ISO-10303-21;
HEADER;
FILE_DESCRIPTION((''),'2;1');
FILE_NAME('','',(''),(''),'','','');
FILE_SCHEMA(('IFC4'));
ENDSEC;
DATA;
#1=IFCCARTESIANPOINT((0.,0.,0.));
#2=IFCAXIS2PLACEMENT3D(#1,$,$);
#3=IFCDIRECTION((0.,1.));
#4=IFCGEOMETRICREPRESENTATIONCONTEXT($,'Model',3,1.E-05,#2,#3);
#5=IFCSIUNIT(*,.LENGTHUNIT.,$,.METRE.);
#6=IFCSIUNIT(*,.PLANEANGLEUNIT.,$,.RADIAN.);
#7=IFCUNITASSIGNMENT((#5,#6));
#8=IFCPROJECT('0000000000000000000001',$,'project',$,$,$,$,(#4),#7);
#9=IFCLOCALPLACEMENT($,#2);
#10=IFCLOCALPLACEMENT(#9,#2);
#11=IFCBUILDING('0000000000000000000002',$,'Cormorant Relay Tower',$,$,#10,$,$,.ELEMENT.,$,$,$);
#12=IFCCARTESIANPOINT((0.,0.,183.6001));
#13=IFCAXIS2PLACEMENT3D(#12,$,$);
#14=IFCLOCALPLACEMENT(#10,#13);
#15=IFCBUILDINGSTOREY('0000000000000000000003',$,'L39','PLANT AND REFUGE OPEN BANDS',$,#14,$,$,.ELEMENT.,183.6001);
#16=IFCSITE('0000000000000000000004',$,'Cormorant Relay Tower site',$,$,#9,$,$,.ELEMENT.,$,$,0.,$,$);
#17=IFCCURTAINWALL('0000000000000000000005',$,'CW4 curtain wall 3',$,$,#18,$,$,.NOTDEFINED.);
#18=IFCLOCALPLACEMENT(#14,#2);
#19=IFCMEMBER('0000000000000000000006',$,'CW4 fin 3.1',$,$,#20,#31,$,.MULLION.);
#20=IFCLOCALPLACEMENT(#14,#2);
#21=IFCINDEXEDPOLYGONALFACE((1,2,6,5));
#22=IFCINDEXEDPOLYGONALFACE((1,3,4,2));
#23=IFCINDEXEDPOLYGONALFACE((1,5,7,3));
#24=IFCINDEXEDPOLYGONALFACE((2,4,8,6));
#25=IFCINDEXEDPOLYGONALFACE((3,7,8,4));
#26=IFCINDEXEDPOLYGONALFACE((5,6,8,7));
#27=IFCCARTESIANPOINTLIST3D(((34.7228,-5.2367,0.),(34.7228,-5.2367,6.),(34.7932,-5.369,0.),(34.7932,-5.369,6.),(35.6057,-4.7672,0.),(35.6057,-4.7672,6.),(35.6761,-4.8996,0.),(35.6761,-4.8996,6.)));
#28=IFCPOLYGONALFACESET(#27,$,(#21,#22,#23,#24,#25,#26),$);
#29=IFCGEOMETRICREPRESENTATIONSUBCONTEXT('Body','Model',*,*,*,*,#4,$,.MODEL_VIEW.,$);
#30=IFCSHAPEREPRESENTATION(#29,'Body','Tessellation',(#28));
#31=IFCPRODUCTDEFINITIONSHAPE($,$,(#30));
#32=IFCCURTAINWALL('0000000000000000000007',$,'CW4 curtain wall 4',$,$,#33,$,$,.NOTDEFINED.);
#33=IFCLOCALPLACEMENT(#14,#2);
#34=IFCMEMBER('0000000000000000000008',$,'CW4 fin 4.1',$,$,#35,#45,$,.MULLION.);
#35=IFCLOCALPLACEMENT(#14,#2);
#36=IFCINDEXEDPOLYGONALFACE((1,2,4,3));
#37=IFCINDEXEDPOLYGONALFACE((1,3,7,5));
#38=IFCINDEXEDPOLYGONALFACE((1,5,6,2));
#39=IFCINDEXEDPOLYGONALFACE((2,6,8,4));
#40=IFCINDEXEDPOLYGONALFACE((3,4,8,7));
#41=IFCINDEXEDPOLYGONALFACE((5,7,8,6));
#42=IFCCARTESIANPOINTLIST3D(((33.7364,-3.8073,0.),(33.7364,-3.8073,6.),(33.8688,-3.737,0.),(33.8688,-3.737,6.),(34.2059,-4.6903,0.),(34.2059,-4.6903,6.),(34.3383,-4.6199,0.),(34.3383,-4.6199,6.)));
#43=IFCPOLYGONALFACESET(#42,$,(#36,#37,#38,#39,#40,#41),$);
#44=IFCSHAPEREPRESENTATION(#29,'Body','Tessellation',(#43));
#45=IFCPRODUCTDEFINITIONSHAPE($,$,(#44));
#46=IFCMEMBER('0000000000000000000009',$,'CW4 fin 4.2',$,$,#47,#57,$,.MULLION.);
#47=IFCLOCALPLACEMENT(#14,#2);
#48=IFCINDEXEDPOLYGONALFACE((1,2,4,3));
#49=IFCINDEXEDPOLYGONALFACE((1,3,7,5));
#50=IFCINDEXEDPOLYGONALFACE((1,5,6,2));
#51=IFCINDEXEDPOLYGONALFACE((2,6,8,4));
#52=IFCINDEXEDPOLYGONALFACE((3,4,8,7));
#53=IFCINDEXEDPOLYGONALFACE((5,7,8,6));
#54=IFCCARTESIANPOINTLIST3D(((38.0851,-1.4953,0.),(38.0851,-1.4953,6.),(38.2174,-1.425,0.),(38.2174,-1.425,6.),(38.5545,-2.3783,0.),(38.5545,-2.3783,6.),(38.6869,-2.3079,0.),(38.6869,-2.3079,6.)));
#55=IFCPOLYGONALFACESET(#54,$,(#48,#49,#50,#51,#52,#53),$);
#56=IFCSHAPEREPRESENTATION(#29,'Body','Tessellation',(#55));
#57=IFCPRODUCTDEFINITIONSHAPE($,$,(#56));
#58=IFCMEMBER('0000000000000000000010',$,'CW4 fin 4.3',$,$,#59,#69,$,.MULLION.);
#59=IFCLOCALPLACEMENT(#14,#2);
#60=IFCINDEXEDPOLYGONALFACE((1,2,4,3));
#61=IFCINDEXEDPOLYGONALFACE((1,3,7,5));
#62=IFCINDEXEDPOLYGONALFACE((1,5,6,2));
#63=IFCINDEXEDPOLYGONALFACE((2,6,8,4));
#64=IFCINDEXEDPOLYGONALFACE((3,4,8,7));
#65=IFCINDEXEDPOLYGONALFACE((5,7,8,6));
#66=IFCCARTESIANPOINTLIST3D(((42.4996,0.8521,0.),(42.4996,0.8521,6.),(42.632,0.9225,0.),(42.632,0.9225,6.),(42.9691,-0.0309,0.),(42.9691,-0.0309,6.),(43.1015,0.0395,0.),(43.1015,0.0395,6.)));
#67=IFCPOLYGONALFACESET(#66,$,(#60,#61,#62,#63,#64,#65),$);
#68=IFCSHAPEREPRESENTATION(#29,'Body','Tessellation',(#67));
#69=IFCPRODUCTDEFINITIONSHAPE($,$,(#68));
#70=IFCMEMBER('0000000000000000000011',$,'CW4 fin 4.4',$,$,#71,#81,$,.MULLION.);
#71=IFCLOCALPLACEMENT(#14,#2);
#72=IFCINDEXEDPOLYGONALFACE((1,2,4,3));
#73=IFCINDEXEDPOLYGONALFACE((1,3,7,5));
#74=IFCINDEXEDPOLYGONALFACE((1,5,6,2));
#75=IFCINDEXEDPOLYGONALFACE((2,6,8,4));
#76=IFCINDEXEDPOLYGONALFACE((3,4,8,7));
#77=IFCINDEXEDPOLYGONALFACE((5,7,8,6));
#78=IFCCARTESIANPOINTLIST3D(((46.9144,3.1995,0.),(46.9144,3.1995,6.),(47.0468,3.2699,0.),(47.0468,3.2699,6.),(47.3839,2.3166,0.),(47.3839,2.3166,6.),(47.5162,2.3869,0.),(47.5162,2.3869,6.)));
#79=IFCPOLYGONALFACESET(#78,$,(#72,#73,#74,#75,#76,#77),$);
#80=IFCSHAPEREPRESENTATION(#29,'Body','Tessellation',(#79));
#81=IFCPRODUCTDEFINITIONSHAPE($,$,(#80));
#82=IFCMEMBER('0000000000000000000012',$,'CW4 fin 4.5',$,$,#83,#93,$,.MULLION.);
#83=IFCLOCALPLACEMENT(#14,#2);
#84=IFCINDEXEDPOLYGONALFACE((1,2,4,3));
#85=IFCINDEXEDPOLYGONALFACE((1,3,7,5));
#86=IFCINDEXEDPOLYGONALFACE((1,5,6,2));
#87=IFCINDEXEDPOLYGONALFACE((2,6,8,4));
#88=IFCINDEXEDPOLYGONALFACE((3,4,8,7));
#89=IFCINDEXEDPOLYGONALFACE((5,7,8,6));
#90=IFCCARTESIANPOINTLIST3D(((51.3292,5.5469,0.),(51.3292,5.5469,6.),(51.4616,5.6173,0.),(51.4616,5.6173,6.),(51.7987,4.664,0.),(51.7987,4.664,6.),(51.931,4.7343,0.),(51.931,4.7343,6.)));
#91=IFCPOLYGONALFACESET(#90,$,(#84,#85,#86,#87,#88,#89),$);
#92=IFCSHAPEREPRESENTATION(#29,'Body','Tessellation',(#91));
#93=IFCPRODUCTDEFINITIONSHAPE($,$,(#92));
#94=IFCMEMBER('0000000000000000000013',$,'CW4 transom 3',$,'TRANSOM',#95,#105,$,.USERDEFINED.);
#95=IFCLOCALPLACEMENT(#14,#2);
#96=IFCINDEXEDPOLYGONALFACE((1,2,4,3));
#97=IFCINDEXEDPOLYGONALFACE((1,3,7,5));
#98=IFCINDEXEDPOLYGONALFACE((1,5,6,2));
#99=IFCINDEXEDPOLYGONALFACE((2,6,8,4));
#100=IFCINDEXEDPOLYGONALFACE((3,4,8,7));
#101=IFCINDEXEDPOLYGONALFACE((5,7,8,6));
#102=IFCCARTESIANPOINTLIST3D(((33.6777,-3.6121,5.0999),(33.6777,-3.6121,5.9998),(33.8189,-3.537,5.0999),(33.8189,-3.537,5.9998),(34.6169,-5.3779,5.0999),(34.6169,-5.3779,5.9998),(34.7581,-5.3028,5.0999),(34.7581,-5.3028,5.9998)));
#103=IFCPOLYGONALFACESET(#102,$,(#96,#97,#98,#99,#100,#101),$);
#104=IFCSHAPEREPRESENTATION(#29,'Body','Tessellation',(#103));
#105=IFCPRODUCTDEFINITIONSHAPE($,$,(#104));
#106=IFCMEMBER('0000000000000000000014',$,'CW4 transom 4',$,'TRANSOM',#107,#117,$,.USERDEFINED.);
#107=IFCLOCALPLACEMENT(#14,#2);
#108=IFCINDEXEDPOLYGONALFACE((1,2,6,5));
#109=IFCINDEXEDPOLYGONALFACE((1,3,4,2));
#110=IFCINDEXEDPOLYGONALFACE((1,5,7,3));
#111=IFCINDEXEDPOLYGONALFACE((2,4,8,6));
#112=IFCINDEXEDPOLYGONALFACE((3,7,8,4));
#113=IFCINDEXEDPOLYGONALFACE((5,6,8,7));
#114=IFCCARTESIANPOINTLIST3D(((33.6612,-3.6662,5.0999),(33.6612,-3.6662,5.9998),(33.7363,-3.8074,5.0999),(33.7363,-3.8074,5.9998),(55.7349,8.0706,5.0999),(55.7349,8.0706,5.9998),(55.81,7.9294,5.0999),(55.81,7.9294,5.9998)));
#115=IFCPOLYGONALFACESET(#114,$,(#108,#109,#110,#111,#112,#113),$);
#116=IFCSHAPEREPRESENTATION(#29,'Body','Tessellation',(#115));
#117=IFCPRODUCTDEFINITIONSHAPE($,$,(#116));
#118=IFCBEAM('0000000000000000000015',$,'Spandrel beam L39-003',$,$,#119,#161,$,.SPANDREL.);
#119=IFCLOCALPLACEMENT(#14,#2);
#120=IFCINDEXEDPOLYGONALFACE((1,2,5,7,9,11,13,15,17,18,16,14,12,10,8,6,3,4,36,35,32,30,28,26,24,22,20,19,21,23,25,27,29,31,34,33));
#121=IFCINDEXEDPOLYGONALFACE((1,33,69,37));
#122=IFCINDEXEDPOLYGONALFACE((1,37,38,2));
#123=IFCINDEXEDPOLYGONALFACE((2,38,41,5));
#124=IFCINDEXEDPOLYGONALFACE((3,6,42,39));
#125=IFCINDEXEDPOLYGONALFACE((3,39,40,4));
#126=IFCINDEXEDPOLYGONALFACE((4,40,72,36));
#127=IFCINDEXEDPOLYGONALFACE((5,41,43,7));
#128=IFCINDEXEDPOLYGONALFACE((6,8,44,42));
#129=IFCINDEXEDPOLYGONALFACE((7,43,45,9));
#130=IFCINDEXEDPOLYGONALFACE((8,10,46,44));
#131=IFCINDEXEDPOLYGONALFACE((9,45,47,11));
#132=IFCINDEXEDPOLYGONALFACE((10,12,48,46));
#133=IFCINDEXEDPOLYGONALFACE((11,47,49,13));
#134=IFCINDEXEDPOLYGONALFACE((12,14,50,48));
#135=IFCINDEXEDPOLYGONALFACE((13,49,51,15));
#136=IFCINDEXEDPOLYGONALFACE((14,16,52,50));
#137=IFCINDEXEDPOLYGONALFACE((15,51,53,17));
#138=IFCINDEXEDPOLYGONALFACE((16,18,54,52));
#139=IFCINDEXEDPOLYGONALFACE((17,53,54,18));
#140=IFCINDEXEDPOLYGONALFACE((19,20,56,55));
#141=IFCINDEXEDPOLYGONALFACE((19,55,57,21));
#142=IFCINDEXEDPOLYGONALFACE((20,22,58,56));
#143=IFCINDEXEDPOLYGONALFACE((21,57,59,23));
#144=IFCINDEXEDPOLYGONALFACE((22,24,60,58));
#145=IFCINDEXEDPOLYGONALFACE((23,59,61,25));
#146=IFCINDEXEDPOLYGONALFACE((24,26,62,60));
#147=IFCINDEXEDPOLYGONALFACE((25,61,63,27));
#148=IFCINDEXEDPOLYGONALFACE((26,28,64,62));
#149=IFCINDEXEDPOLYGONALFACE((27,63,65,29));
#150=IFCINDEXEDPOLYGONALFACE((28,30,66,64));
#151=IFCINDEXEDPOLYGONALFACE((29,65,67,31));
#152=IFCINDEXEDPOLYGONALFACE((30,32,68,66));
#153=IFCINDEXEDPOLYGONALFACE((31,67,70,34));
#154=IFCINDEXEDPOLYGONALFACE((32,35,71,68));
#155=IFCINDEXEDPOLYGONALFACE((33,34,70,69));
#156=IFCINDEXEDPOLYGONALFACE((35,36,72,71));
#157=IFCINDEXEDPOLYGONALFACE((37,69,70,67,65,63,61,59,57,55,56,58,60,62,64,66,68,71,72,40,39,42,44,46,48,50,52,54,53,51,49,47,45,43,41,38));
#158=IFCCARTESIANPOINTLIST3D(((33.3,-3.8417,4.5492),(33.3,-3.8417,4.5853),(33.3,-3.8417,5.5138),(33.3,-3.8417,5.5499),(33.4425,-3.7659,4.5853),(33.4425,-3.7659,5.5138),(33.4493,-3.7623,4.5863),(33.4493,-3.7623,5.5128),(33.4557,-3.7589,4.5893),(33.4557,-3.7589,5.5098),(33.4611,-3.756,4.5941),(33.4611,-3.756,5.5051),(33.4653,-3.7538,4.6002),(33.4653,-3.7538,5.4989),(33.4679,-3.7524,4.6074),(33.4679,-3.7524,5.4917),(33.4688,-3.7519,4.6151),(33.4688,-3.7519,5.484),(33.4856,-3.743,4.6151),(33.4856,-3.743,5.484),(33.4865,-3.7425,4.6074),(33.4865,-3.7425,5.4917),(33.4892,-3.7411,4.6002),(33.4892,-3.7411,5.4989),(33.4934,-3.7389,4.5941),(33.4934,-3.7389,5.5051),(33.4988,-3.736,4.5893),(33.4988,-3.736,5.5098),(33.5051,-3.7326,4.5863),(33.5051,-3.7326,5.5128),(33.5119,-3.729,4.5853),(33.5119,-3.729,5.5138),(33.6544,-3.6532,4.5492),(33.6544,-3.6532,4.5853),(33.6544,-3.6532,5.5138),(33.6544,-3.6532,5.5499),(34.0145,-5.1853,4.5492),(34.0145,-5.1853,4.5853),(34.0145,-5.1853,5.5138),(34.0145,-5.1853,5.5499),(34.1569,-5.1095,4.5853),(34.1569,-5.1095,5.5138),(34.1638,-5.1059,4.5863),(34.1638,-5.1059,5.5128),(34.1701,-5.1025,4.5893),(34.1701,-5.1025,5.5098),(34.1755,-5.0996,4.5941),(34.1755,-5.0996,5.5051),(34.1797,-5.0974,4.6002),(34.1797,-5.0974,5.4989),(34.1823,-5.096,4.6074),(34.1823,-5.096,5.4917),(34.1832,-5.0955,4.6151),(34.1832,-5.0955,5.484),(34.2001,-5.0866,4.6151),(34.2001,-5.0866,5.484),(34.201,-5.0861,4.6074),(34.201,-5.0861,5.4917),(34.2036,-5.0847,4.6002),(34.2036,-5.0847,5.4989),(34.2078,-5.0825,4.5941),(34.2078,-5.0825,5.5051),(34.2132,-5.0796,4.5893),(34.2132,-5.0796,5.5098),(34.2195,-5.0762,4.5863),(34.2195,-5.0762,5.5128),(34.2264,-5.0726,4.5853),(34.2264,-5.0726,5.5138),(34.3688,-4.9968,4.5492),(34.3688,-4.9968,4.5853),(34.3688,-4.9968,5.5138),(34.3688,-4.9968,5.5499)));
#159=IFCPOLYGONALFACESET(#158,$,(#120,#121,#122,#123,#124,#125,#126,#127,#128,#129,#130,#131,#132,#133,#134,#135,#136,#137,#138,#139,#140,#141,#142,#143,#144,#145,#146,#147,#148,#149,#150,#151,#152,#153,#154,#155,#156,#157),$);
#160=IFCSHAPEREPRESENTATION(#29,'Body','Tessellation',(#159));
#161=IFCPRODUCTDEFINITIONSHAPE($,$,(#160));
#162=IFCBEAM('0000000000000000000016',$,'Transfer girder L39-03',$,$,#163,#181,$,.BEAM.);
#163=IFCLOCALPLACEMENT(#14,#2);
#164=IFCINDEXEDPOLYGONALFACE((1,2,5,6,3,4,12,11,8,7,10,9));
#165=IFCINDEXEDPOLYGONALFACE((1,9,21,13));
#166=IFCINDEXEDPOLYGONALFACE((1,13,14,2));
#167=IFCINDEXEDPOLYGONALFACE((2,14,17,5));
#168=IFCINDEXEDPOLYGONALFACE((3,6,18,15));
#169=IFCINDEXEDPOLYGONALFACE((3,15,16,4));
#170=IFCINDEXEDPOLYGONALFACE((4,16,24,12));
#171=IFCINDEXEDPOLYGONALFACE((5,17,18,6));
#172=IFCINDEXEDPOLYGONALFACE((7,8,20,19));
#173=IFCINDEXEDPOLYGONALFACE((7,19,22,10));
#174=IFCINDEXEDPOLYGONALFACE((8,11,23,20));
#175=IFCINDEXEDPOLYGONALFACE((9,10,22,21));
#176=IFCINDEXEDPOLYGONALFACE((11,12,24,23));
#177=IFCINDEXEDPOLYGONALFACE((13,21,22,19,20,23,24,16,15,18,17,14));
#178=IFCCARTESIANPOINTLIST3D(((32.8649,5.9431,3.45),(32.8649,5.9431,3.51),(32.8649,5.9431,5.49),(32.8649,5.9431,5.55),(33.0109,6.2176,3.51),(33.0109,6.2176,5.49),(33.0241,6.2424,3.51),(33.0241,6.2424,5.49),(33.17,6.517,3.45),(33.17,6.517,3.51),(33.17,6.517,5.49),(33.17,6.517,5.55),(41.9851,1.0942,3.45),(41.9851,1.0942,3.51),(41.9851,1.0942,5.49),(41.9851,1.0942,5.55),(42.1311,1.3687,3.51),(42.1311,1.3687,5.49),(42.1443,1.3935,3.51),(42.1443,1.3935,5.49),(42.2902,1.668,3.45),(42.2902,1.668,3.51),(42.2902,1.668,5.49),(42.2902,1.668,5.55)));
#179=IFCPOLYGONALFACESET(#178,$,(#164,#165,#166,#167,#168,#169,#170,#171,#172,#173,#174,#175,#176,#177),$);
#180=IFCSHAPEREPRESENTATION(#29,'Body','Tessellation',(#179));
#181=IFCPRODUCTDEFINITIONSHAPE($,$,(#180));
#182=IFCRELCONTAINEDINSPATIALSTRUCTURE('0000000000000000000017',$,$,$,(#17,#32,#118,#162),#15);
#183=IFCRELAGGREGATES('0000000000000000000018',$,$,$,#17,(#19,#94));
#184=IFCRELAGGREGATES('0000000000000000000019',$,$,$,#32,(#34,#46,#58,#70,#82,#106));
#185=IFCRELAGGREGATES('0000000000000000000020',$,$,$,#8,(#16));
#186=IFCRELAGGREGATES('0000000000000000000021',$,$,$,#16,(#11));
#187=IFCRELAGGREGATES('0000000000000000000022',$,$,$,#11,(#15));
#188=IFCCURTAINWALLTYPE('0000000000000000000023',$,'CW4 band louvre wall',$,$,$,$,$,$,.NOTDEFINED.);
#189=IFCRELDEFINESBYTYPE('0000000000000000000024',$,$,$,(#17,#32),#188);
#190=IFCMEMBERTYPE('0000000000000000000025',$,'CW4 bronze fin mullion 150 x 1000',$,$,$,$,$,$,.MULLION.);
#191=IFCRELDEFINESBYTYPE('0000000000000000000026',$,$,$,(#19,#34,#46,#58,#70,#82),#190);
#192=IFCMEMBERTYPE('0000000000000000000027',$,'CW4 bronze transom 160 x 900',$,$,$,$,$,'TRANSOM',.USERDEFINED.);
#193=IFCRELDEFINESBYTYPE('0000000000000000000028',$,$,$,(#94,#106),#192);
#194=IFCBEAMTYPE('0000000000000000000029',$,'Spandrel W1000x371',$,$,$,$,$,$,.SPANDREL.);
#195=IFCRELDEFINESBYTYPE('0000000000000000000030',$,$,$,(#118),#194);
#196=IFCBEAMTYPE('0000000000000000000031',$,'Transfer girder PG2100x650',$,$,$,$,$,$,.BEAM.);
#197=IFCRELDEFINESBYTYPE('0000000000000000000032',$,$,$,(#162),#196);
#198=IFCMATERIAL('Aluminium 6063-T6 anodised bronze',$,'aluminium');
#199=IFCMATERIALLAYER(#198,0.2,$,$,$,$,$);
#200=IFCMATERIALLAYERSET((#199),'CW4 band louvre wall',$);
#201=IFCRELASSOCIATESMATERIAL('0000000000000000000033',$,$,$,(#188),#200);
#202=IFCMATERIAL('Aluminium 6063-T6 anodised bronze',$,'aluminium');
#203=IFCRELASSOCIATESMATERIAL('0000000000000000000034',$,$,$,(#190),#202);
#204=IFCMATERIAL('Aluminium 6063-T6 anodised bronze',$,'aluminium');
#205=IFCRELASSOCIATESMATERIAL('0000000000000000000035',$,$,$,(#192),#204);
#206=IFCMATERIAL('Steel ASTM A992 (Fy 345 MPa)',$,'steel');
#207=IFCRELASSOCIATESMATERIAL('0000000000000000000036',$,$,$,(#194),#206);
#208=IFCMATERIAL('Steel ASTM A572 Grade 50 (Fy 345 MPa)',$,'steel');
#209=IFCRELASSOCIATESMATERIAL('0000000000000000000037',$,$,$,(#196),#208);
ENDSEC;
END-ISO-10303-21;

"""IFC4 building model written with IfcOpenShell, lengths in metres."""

from ifc_helpers import new_model, si_unit, direction, frame, origin, origin_2d, place, context, subcontext, project, spatial, rectangle, i_section, extrude, material, layer, layer_set, material_profile, profile_set, type_object, element, aggregate, save


model = new_model("IFC4")

# Units and contexts
model_context = context("Model", 3, precision=1e-05, world=origin(), true_north=direction((0.0, 1.0)))
body_context = subcontext(model_context, "Body", "Model", "MODEL_VIEW")
ifc_project = project(units=[si_unit("LENGTHUNIT", "METRE"), si_unit("PLANEANGLEUNIT", "RADIAN")], contexts=[model_context])

# Site, building, storey
site_placement = place(None, origin())
site = spatial("IfcSite", under=ifc_project, at=site_placement, Name="Cormorant Relay Tower site", CompositionType="ELEMENT", RefElevation=0.0)
building_placement = place(site_placement, origin())
building = spatial("IfcBuilding", under=site, at=building_placement, Name="Cormorant Relay Tower", CompositionType="ELEMENT")
storey_placement = place(building_placement, frame((0.0, 0.0, 183.6001)))
storey = spatial("IfcBuildingStorey", under=building, at=storey_placement, Name="L39", Description="PLANT AND REFUGE OPEN BANDS", CompositionType="ELEMENT", Elevation=183.6001)

# Curtain wall, member
ifc_material_1 = material(Name="Aluminium 6063-T6 anodised bronze", Category="aluminium")
ifc_layer_1 = layer(ifc_material_1, 0.2)
ifc_layer_set_1 = layer_set([ifc_layer_1], Name="CW4 band louvre wall")
curtain_wall_type = type_object("IfcCurtainWallType", Name="CW4 band louvre wall", PredefinedType="NOTDEFINED", material=ifc_layer_set_1)
curtain_wall_1_placement = place(storey_placement, origin())
curtain_wall_1 = element("IfcCurtainWall", 1, at=curtain_wall_1_placement, inside=storey, type_object=curtain_wall_type, Name="CW4 curtain wall 3", PredefinedType="NOTDEFINED")
ifc_material_2 = material(Name="Aluminium 6063-T6 anodised bronze", Category="aluminium")
ifc_material_profile_1 = material_profile(ifc_material_2, rectangle(XDim=0.1499, YDim=1.0, at=origin_2d()), Name="AL 150x1000")
ifc_profile_set_1 = profile_set([ifc_material_profile_1], Name="Aluminium 6063-T6 anodised bronze")
member_type_1 = type_object("IfcMemberType", Name="CW4 bronze fin mullion 150 x 1000", PredefinedType="MULLION", material=ifc_profile_set_1)
member_1_placement = place(storey_placement, frame((35.1995, -5.0681, 0.0), z_axis=(0.0, 0.0, 1.0), x_axis=(-0.469472, 0.882948, 0.0)))
member_1 = element("IfcMember", 2, at=member_1_placement, type_object=member_type_1, Name="CW4 fin 3.1", PredefinedType="MULLION", context=body_context, shape_type="SweptSolid", body=[
    extrude(rectangle(XDim=0.1499, YDim=1.0, at=origin_2d()), origin(), (0.0, 0.0, 1.0), 6.0),
])

# Curtain wall, members
curtain_wall_2_placement = place(storey_placement, origin())
curtain_wall_2 = element("IfcCurtainWall", 3, at=curtain_wall_2_placement, inside=storey, type_object=curtain_wall_type, Name="CW4 curtain wall 4", PredefinedType="NOTDEFINED")
member_2_placement = place(storey_placement, frame((34.0374, -4.2136, 0.0), z_axis=(0.0, 0.0, 1.0), x_axis=(0.882948, 0.469472, 0.0)))
member_2 = element("IfcMember", 4, at=member_2_placement, type_object=member_type_1, Name="CW4 fin 4.1", PredefinedType="MULLION", context=body_context, shape_type="SweptSolid", body=[
    extrude(rectangle(XDim=0.1499, YDim=1.0, at=origin_2d()), origin(), (0.0, 0.0, 1.0), 6.0),
])
member_3_placement = place(storey_placement, frame((38.386, -1.9016, 0.0), z_axis=(0.0, 0.0, 1.0), x_axis=(0.882948, 0.469472, 0.0)))
member_3 = element("IfcMember", 5, at=member_3_placement, type_object=member_type_1, Name="CW4 fin 4.2", PredefinedType="MULLION", context=body_context, shape_type="SweptSolid", body=[
    extrude(rectangle(XDim=0.1499, YDim=1.0, at=origin_2d()), origin(), (0.0, 0.0, 1.0), 6.0),
])
member_4_placement = place(storey_placement, frame((42.8005, 0.4458, 0.0), z_axis=(0.0, 0.0, 1.0), x_axis=(0.882948, 0.469472, 0.0)))
member_4 = element("IfcMember", 6, at=member_4_placement, type_object=member_type_1, Name="CW4 fin 4.3", PredefinedType="MULLION", context=body_context, shape_type="SweptSolid", body=[
    extrude(rectangle(XDim=0.1499, YDim=1.0, at=origin_2d()), origin(), (0.0, 0.0, 1.0), 6.0),
])
member_5_placement = place(storey_placement, frame((47.2153, 2.7932, 0.0), z_axis=(0.0, 0.0, 1.0), x_axis=(0.882948, 0.469472, 0.0)))
member_5 = element("IfcMember", 7, at=member_5_placement, type_object=member_type_1, Name="CW4 fin 4.4", PredefinedType="MULLION", context=body_context, shape_type="SweptSolid", body=[
    extrude(rectangle(XDim=0.1499, YDim=1.0, at=origin_2d()), origin(), (0.0, 0.0, 1.0), 6.0),
])
member_6_placement = place(storey_placement, frame((51.6301, 5.1406, 0.0), z_axis=(0.0, 0.0, 1.0), x_axis=(0.882948, 0.469472, 0.0)))
member_6 = element("IfcMember", 8, at=member_6_placement, type_object=member_type_1, Name="CW4 fin 4.5", PredefinedType="MULLION", context=body_context, shape_type="SweptSolid", body=[
    extrude(rectangle(XDim=0.1499, YDim=1.0, at=origin_2d()), origin(), (0.0, 0.0, 1.0), 6.0),
])

# Members
ifc_material_3 = material(Name="Aluminium 6063-T6 anodised bronze", Category="aluminium")
ifc_material_profile_2 = material_profile(ifc_material_3, rectangle(XDim=0.1599, YDim=0.8999, at=origin_2d()), Name="AL 160x900")
ifc_profile_set_2 = profile_set([ifc_material_profile_2], Name="Aluminium 6063-T6 anodised bronze")
member_type_2 = type_object("IfcMemberType", Name="CW4 bronze transom 160 x 900", ElementType="TRANSOM", PredefinedType="USERDEFINED", material=ifc_profile_set_2)
member_7_placement = place(storey_placement, frame((34.6875, -5.3403, 5.5498), z_axis=(-0.469581, 0.88289, 0.0), x_axis=(-0.88289, -0.469581, 0.0)))
member_7 = element("IfcMember", 9, at=member_7_placement, type_object=member_type_2, Name="CW4 transom 3", ObjectType="TRANSOM", PredefinedType="USERDEFINED", context=body_context, shape_type="SweptSolid", body=[
    extrude(rectangle(XDim=0.1599, YDim=0.8999, at=origin_2d()), origin(), (0.0, 0.0, 1.0), 2.0),
])
member_8_placement = place(storey_placement, frame((33.6987, -3.7368, 5.5498), z_axis=(0.882947, 0.469472, 0.0), x_axis=(-0.469472, 0.882947, 0.0)))
member_8 = element("IfcMember", 10, at=member_8_placement, type_object=member_type_2, Name="CW4 transom 4", ObjectType="TRANSOM", PredefinedType="USERDEFINED", context=body_context, shape_type="SweptSolid", body=[
    extrude(rectangle(XDim=0.1599, YDim=0.8999, at=origin_2d()), origin(), (0.0, 0.0, 1.0), 25.0),
])

# Beams
ifc_material_4 = material(Name="Steel ASTM A992 (Fy 345 MPa)", Category="steel")
ifc_material_profile_3 = material_profile(ifc_material_4, i_section(OverallWidth=0.4014, OverallDepth=1.0007, WebThickness=0.019, FlangeThickness=0.0361, FilletRadius=0.0298, at=origin_2d()), Name="W1000x371")
ifc_profile_set_3 = profile_set([ifc_material_profile_3], Name="Steel ASTM A992 (Fy 345 MPa)")
beam_type_1 = type_object("IfcBeamType", Name="Spandrel W1000x371", PredefinedType="SPANDREL", material=ifc_profile_set_3)
beam_1_placement = place(storey_placement, frame((34.1917, -5.0911, 5.0496), z_axis=(-0.469472, 0.882947, 0.0), x_axis=(-0.882947, -0.469472, 0.0)))
element("IfcBeam", 11, at=beam_1_placement, inside=storey, type_object=beam_type_1, Name="Spandrel beam L39-003", PredefinedType="SPANDREL", context=body_context, shape_type="SweptSolid", body=[
    extrude(i_section(OverallWidth=0.4014, OverallDepth=1.0007, WebThickness=0.019, FlangeThickness=0.0361, FilletRadius=0.0298, at=origin_2d()), origin(), (0.0, 0.0, 1.0), 1.5217),
])
ifc_material_5 = material(Name="Steel ASTM A572 Grade 50 (Fy 345 MPa)", Category="steel")
ifc_material_profile_4 = material_profile(ifc_material_5, i_section(OverallWidth=0.6499, OverallDepth=2.1001, WebThickness=0.0281, FlangeThickness=0.0601, at=origin_2d()), Name="PG2100x650")
ifc_profile_set_4 = profile_set([ifc_material_profile_4], Name="Steel ASTM A572 Grade 50 (Fy 345 MPa)")
beam_type_2 = type_object("IfcBeamType", Name="Transfer girder PG2100x650", PredefinedType="BEAM", material=ifc_profile_set_4)
beam_2_placement = place(storey_placement, frame((42.1377, 1.3811, 4.5), z_axis=(-0.882963, 0.469443, 0.0), x_axis=(-0.469443, -0.882963, 0.0)))
element("IfcBeam", 12, at=beam_2_placement, inside=storey, type_object=beam_type_2, Name="Transfer girder L39-03", PredefinedType="BEAM", context=body_context, shape_type="SweptSolid", body=[
    extrude(i_section(OverallWidth=0.6499, OverallDepth=2.1001, WebThickness=0.0281, FlangeThickness=0.0601, at=origin_2d()), origin(), (0.0, 0.0, 1.0), 10.3291),
])

aggregate(curtain_wall_1, [member_1, member_7])
aggregate(curtain_wall_2, [member_2, member_3, member_4, member_5, member_6, member_8])

save(model, "model.ifc")
